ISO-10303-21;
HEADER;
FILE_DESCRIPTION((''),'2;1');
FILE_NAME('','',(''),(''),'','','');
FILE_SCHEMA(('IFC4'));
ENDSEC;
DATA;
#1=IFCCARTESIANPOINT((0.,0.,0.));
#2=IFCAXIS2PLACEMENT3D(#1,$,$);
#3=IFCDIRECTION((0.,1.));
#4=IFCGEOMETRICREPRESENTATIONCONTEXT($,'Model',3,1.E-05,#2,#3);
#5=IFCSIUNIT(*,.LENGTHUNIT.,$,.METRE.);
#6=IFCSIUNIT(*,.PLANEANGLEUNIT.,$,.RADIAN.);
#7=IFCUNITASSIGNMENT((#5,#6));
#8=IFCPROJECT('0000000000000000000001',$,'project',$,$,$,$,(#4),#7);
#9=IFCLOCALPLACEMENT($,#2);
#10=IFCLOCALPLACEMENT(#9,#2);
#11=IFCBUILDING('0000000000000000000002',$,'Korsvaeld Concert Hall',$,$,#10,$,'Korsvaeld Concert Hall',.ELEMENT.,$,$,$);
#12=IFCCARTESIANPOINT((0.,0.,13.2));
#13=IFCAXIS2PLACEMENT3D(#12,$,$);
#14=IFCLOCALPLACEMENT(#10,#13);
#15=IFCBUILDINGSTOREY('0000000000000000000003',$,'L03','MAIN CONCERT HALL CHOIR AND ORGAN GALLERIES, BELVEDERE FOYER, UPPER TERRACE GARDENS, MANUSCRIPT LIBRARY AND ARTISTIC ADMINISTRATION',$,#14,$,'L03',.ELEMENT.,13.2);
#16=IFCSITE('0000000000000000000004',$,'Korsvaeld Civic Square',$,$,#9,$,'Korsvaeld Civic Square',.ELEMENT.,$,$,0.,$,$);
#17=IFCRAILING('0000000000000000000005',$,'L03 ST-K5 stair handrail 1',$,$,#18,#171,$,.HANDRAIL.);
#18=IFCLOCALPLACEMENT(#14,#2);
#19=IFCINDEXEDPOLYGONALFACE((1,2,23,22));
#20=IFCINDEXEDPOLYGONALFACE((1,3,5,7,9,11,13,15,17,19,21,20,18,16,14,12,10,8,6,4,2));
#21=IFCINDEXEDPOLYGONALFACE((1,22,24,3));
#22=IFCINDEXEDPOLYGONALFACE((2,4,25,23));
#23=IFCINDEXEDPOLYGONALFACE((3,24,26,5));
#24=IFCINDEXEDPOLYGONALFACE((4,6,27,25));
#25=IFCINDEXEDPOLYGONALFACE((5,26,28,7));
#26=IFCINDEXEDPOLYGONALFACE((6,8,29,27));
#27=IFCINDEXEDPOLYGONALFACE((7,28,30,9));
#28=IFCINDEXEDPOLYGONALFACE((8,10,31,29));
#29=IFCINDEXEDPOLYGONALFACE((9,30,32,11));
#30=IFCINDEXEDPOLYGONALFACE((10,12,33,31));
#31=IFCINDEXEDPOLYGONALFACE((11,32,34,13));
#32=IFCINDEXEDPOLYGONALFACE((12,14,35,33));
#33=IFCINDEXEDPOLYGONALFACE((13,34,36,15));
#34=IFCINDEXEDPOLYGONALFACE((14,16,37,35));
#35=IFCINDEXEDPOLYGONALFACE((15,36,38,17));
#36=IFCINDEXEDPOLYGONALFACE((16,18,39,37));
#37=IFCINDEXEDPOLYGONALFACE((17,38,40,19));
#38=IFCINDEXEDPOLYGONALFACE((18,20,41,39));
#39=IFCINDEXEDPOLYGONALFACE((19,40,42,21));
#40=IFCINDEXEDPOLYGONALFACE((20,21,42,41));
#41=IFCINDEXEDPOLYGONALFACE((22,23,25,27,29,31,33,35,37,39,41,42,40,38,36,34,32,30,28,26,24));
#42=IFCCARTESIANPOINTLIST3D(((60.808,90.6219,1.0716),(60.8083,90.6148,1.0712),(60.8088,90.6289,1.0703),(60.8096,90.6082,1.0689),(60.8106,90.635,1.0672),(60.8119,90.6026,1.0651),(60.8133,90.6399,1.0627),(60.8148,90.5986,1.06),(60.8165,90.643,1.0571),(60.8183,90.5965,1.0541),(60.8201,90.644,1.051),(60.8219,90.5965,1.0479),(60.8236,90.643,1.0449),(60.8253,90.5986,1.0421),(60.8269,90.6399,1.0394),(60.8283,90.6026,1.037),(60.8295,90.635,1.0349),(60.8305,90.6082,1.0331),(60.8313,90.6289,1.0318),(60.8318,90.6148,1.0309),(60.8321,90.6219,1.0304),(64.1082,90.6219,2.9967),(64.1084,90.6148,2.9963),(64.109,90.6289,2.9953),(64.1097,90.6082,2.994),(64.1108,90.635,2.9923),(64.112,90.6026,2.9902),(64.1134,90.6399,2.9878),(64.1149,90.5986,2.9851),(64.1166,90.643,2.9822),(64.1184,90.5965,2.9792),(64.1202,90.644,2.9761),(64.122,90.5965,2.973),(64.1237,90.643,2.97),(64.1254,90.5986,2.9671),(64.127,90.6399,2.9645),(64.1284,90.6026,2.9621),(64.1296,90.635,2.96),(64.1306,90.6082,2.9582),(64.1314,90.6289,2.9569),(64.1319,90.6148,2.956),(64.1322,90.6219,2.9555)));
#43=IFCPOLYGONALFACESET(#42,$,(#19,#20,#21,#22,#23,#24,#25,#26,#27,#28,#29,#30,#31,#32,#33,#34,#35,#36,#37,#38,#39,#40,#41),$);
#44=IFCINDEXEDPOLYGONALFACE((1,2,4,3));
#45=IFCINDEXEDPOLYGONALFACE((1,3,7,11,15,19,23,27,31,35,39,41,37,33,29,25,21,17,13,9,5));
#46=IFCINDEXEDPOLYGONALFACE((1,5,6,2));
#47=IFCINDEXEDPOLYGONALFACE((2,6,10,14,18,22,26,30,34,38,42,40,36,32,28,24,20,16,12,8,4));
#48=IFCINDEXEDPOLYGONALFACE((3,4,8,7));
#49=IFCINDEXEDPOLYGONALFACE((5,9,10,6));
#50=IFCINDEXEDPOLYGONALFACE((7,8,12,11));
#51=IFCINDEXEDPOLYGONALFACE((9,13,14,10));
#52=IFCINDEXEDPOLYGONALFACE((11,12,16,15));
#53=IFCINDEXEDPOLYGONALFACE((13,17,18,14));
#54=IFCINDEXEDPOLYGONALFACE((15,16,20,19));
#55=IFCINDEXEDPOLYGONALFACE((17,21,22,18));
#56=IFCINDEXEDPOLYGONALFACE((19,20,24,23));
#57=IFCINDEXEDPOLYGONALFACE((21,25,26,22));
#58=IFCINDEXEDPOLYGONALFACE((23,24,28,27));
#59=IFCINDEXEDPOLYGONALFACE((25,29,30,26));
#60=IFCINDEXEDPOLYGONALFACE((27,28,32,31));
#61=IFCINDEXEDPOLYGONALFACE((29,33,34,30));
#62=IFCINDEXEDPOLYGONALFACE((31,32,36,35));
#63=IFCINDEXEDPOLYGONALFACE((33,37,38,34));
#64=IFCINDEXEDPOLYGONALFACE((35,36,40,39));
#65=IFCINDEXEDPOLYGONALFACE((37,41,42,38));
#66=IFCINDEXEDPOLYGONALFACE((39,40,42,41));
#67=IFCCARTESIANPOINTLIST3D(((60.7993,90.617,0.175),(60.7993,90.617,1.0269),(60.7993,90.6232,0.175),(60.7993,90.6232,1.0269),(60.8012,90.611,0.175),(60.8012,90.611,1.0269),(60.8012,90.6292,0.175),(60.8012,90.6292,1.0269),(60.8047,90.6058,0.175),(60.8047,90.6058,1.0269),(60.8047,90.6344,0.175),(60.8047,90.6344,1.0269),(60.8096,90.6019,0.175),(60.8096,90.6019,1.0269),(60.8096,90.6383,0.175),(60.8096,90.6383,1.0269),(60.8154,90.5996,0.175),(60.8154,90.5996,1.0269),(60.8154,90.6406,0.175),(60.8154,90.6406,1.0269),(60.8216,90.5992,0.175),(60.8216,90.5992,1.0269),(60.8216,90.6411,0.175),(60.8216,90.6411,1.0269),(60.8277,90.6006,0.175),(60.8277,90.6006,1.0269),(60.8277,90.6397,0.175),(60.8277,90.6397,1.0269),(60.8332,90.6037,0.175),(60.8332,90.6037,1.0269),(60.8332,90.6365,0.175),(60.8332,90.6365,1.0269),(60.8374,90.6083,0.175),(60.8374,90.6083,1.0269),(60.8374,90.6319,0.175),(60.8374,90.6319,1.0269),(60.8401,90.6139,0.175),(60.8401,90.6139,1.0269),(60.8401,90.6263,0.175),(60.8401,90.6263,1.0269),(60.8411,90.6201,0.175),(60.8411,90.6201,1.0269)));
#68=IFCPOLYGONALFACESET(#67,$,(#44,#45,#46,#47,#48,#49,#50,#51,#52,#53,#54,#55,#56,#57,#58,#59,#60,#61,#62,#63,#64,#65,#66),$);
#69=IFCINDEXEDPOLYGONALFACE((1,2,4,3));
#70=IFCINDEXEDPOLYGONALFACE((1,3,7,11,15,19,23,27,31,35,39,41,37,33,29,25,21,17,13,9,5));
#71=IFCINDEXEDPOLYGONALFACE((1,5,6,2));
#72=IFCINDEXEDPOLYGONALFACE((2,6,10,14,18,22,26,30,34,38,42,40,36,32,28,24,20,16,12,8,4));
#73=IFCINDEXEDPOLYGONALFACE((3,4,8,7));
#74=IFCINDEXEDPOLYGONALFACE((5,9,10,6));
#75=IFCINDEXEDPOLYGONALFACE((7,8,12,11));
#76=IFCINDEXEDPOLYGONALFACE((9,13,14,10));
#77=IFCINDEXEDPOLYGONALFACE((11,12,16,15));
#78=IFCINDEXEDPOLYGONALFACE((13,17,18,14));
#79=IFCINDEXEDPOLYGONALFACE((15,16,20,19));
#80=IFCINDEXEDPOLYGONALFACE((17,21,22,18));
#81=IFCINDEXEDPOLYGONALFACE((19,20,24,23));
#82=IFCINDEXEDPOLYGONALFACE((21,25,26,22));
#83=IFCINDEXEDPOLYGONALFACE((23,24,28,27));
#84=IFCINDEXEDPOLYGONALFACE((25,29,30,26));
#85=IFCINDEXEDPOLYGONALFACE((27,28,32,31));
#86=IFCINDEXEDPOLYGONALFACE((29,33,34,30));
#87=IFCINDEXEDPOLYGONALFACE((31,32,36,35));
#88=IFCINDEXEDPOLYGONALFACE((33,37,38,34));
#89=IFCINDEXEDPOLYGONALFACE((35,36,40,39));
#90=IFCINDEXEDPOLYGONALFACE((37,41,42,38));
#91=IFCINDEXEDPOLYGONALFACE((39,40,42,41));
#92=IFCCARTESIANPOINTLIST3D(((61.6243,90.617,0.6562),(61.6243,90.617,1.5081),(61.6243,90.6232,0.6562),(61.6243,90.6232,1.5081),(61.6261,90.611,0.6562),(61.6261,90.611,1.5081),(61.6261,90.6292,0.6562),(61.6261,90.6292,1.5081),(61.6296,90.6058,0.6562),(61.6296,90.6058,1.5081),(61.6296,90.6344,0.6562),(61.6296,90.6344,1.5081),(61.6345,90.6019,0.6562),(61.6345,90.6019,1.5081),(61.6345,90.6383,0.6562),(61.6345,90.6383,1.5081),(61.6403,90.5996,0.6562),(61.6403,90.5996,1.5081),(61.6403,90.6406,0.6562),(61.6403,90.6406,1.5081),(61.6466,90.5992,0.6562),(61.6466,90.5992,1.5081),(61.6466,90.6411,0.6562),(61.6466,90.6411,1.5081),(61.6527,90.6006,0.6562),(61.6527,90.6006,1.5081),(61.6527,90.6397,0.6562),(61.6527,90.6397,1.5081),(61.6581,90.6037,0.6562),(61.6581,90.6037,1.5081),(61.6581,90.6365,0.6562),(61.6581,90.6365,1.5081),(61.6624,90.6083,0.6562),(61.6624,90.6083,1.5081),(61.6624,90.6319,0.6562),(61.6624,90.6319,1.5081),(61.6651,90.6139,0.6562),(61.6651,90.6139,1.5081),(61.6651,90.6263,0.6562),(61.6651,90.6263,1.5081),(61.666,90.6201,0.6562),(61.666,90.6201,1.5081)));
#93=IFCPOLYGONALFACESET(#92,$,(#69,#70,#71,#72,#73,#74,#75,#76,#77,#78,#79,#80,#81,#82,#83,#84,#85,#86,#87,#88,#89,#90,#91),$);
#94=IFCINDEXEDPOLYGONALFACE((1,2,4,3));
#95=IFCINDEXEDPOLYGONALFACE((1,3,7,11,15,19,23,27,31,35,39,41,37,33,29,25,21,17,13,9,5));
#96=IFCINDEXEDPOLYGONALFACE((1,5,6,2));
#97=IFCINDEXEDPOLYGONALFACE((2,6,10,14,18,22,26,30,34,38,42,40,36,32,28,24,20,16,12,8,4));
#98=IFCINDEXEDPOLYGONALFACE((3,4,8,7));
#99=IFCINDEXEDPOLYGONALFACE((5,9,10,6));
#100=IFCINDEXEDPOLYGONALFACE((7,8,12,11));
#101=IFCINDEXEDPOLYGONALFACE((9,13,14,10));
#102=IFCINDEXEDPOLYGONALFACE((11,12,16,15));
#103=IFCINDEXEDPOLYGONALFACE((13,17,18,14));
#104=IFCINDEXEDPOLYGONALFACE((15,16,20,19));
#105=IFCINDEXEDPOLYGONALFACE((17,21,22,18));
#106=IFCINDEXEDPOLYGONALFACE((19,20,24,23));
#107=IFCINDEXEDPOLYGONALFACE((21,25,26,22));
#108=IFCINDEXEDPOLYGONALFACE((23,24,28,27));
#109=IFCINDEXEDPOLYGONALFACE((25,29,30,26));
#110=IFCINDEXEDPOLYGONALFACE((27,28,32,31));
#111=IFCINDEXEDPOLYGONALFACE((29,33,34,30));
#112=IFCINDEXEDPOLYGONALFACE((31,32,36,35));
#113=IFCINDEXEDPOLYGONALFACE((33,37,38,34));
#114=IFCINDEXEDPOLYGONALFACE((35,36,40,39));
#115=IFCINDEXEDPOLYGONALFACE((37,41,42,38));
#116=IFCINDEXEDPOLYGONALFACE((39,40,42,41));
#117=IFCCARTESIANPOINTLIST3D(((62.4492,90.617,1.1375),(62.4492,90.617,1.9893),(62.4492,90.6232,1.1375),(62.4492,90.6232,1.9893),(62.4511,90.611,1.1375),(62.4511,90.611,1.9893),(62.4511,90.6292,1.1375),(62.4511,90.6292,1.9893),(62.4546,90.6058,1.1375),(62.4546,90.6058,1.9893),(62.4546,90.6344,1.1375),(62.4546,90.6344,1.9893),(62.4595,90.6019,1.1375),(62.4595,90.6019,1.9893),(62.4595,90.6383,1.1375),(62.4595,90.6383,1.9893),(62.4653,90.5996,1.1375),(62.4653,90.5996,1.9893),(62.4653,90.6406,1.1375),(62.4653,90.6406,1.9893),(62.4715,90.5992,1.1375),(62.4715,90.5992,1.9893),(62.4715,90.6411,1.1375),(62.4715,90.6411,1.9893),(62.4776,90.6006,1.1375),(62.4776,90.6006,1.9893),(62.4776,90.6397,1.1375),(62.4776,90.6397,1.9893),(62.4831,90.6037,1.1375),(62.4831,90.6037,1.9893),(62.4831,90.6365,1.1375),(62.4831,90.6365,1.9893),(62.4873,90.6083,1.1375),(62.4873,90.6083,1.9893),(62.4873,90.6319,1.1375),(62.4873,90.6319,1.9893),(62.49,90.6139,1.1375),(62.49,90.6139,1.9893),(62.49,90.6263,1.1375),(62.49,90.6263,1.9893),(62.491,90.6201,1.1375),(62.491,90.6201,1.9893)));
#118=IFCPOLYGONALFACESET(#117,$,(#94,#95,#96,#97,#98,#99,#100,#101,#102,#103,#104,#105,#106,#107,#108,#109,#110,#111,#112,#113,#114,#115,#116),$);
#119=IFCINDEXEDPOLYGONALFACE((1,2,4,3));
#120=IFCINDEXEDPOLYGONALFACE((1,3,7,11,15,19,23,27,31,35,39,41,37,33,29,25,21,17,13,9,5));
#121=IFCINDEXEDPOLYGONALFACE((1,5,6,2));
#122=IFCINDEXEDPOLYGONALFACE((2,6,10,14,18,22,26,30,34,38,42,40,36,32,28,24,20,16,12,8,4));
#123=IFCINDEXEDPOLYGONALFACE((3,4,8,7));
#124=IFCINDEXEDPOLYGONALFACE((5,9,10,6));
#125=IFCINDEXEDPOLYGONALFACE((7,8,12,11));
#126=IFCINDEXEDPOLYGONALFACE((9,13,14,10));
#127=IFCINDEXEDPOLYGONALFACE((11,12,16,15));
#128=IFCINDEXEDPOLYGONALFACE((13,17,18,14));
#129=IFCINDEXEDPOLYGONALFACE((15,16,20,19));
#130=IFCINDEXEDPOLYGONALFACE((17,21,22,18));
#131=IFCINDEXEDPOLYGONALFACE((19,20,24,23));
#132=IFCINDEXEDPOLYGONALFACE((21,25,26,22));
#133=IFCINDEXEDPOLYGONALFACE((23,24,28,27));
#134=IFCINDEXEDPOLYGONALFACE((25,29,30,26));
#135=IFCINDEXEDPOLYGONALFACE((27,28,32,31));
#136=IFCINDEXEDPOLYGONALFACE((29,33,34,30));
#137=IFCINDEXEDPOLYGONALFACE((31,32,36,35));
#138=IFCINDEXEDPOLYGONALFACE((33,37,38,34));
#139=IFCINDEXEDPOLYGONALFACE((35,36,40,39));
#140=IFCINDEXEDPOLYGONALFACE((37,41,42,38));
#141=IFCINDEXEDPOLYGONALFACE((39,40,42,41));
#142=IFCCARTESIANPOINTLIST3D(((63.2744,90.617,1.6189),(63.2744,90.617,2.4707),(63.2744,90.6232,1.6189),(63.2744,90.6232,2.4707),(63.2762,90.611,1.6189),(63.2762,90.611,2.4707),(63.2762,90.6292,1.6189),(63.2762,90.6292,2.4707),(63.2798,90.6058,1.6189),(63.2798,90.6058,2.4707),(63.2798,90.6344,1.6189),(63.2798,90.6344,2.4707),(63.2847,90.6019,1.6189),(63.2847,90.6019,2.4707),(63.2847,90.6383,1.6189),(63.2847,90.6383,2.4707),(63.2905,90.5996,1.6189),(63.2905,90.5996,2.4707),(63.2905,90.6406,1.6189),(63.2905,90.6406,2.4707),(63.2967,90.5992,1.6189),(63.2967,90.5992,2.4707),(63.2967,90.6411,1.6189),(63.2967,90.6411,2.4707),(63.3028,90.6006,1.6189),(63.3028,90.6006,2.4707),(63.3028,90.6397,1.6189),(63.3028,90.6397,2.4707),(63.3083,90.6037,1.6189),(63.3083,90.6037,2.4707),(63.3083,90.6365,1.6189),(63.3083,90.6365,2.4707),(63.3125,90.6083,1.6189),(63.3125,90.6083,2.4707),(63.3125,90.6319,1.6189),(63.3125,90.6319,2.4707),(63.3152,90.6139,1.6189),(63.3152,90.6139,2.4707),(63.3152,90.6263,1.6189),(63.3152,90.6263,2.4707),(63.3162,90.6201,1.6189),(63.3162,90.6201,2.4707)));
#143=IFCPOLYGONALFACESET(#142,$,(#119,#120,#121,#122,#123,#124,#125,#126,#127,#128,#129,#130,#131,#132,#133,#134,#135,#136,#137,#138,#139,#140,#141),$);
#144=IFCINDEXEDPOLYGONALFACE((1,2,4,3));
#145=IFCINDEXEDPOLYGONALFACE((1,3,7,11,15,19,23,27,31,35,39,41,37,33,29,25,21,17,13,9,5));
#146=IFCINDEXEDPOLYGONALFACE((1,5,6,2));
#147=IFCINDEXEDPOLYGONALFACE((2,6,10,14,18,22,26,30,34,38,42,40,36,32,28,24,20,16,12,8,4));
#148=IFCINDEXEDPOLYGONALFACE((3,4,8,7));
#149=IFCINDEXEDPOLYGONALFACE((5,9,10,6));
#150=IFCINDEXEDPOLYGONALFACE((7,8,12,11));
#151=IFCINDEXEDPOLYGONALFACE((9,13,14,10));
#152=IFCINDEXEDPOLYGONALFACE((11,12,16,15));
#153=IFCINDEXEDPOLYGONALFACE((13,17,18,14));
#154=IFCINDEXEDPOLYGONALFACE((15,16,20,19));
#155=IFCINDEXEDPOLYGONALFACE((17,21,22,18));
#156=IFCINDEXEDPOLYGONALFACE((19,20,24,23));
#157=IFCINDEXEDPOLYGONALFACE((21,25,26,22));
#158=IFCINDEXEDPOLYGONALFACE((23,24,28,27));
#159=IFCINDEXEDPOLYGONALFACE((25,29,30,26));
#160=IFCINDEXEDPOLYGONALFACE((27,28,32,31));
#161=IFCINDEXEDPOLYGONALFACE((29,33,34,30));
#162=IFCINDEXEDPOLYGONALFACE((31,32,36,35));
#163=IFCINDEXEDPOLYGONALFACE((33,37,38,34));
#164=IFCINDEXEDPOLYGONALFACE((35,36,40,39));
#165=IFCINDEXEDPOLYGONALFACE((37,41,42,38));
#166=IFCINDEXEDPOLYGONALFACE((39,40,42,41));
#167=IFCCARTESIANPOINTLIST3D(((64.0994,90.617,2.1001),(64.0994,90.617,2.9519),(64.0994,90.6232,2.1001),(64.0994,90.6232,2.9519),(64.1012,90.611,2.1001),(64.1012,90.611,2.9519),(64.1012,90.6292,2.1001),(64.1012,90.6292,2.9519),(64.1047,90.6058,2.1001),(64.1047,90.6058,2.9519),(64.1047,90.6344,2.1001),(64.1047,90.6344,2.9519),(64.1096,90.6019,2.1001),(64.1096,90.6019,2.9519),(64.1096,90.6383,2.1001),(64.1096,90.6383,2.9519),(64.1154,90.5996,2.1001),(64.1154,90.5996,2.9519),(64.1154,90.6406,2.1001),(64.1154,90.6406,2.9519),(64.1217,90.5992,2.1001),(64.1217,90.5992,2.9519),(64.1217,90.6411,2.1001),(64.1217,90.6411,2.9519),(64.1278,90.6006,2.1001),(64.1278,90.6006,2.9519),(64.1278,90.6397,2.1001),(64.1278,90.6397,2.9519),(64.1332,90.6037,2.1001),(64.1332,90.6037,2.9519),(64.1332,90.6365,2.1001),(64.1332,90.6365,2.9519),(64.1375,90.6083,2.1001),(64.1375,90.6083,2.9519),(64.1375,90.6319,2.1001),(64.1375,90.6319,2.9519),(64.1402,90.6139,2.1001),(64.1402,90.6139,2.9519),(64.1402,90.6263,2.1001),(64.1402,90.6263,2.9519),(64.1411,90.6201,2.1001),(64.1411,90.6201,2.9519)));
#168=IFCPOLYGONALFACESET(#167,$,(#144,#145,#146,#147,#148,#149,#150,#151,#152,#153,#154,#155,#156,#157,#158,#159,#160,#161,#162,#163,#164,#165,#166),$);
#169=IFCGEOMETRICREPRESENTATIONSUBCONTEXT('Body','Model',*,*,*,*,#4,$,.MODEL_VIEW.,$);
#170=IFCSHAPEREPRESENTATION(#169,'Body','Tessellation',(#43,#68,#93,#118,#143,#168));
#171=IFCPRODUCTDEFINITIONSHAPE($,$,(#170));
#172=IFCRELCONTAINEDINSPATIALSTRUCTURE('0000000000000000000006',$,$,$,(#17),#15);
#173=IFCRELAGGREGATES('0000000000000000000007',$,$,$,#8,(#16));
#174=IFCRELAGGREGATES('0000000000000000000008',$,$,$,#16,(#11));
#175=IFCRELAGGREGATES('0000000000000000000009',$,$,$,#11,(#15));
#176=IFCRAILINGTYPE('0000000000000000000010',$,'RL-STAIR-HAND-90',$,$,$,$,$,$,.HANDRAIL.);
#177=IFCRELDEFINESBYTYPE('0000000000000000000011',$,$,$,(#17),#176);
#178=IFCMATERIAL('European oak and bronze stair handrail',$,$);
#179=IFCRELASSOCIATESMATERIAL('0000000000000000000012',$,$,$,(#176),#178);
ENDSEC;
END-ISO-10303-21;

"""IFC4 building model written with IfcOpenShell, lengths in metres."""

from ifc_helpers import new_model, si_unit, direction, frame, origin, origin_2d, place, context, subcontext, project, spatial, circle, extrude, material, type_object, element, save


model = new_model("IFC4")

# Units and contexts
model_context = context("Model", 3, precision=1e-05, world=origin(), true_north=direction((0.0, 1.0)))
body_context = subcontext(model_context, "Body", "Model", "MODEL_VIEW")
ifc_project = project(units=[si_unit("LENGTHUNIT", "METRE"), si_unit("PLANEANGLEUNIT", "RADIAN")], contexts=[model_context])

# Site, building, storey
site_placement = place(None, origin())
site = spatial("IfcSite", under=ifc_project, at=site_placement, Name="Korsvaeld Civic Square", LongName="Korsvaeld Civic Square", CompositionType="ELEMENT", RefElevation=0.0)
building_placement = place(site_placement, origin())
building = spatial("IfcBuilding", under=site, at=building_placement, Name="Korsvaeld Concert Hall", LongName="Korsvaeld Concert Hall", CompositionType="ELEMENT")
storey_placement = place(building_placement, frame((0.0, 0.0, 13.2)))
storey = spatial("IfcBuildingStorey", under=building, at=storey_placement, Name="L03", Description="MAIN CONCERT HALL CHOIR AND ORGAN GALLERIES, BELVEDERE FOYER, UPPER TERRACE GARDENS, MANUSCRIPT LIBRARY AND ARTISTIC ADMINISTRATION", LongName="L03", CompositionType="ELEMENT", Elevation=13.2)

# Railing
ifc_material_1 = material(Name="European oak and bronze stair handrail")
railing_type_1 = type_object("IfcRailingType", Name="RL-STAIR-HAND-90", PredefinedType="HANDRAIL", material=ifc_material_1)
railing_1_placement = place(storey_placement, frame((60.8201, 90.6201, 0.175)))
element("IfcRailing", 1, at=railing_1_placement, inside=storey, type_object=railing_type_1, Name="L03 ST-K5 stair handrail 1", PredefinedType="HANDRAIL", context=body_context, shape_type="SweptSolid", body=[
    extrude(circle(Radius=0.0239, at=origin_2d()), frame((0.0, 0.0, 0.876), z_axis=(0.863777, 0.0, 0.503875), x_axis=(0.0, 1.0, 0.0)), (0.0, 0.0, 1.0), 3.8206),
    extrude(circle(Radius=0.021, at=origin_2d()), origin(), (0.0, 0.0, 1.0), 0.8518),
    extrude(circle(Radius=0.021, at=origin_2d()), frame((0.825, 0.0, 0.4812)), (0.0, 0.0, 1.0), 0.8518),
    extrude(circle(Radius=0.021, at=origin_2d()), frame((1.6499, 0.0, 0.9624)), (0.0, 0.0, 1.0), 0.8518),
    extrude(circle(Radius=0.021, at=origin_2d()), frame((2.4751, 0.0, 1.4438)), (0.0, 0.0, 1.0), 0.8518),
    extrude(circle(Radius=0.021, at=origin_2d()), frame((3.3, 0.0, 1.925)), (0.0, 0.0, 1.0), 0.8518),
])

save(model, "model.ifc")
